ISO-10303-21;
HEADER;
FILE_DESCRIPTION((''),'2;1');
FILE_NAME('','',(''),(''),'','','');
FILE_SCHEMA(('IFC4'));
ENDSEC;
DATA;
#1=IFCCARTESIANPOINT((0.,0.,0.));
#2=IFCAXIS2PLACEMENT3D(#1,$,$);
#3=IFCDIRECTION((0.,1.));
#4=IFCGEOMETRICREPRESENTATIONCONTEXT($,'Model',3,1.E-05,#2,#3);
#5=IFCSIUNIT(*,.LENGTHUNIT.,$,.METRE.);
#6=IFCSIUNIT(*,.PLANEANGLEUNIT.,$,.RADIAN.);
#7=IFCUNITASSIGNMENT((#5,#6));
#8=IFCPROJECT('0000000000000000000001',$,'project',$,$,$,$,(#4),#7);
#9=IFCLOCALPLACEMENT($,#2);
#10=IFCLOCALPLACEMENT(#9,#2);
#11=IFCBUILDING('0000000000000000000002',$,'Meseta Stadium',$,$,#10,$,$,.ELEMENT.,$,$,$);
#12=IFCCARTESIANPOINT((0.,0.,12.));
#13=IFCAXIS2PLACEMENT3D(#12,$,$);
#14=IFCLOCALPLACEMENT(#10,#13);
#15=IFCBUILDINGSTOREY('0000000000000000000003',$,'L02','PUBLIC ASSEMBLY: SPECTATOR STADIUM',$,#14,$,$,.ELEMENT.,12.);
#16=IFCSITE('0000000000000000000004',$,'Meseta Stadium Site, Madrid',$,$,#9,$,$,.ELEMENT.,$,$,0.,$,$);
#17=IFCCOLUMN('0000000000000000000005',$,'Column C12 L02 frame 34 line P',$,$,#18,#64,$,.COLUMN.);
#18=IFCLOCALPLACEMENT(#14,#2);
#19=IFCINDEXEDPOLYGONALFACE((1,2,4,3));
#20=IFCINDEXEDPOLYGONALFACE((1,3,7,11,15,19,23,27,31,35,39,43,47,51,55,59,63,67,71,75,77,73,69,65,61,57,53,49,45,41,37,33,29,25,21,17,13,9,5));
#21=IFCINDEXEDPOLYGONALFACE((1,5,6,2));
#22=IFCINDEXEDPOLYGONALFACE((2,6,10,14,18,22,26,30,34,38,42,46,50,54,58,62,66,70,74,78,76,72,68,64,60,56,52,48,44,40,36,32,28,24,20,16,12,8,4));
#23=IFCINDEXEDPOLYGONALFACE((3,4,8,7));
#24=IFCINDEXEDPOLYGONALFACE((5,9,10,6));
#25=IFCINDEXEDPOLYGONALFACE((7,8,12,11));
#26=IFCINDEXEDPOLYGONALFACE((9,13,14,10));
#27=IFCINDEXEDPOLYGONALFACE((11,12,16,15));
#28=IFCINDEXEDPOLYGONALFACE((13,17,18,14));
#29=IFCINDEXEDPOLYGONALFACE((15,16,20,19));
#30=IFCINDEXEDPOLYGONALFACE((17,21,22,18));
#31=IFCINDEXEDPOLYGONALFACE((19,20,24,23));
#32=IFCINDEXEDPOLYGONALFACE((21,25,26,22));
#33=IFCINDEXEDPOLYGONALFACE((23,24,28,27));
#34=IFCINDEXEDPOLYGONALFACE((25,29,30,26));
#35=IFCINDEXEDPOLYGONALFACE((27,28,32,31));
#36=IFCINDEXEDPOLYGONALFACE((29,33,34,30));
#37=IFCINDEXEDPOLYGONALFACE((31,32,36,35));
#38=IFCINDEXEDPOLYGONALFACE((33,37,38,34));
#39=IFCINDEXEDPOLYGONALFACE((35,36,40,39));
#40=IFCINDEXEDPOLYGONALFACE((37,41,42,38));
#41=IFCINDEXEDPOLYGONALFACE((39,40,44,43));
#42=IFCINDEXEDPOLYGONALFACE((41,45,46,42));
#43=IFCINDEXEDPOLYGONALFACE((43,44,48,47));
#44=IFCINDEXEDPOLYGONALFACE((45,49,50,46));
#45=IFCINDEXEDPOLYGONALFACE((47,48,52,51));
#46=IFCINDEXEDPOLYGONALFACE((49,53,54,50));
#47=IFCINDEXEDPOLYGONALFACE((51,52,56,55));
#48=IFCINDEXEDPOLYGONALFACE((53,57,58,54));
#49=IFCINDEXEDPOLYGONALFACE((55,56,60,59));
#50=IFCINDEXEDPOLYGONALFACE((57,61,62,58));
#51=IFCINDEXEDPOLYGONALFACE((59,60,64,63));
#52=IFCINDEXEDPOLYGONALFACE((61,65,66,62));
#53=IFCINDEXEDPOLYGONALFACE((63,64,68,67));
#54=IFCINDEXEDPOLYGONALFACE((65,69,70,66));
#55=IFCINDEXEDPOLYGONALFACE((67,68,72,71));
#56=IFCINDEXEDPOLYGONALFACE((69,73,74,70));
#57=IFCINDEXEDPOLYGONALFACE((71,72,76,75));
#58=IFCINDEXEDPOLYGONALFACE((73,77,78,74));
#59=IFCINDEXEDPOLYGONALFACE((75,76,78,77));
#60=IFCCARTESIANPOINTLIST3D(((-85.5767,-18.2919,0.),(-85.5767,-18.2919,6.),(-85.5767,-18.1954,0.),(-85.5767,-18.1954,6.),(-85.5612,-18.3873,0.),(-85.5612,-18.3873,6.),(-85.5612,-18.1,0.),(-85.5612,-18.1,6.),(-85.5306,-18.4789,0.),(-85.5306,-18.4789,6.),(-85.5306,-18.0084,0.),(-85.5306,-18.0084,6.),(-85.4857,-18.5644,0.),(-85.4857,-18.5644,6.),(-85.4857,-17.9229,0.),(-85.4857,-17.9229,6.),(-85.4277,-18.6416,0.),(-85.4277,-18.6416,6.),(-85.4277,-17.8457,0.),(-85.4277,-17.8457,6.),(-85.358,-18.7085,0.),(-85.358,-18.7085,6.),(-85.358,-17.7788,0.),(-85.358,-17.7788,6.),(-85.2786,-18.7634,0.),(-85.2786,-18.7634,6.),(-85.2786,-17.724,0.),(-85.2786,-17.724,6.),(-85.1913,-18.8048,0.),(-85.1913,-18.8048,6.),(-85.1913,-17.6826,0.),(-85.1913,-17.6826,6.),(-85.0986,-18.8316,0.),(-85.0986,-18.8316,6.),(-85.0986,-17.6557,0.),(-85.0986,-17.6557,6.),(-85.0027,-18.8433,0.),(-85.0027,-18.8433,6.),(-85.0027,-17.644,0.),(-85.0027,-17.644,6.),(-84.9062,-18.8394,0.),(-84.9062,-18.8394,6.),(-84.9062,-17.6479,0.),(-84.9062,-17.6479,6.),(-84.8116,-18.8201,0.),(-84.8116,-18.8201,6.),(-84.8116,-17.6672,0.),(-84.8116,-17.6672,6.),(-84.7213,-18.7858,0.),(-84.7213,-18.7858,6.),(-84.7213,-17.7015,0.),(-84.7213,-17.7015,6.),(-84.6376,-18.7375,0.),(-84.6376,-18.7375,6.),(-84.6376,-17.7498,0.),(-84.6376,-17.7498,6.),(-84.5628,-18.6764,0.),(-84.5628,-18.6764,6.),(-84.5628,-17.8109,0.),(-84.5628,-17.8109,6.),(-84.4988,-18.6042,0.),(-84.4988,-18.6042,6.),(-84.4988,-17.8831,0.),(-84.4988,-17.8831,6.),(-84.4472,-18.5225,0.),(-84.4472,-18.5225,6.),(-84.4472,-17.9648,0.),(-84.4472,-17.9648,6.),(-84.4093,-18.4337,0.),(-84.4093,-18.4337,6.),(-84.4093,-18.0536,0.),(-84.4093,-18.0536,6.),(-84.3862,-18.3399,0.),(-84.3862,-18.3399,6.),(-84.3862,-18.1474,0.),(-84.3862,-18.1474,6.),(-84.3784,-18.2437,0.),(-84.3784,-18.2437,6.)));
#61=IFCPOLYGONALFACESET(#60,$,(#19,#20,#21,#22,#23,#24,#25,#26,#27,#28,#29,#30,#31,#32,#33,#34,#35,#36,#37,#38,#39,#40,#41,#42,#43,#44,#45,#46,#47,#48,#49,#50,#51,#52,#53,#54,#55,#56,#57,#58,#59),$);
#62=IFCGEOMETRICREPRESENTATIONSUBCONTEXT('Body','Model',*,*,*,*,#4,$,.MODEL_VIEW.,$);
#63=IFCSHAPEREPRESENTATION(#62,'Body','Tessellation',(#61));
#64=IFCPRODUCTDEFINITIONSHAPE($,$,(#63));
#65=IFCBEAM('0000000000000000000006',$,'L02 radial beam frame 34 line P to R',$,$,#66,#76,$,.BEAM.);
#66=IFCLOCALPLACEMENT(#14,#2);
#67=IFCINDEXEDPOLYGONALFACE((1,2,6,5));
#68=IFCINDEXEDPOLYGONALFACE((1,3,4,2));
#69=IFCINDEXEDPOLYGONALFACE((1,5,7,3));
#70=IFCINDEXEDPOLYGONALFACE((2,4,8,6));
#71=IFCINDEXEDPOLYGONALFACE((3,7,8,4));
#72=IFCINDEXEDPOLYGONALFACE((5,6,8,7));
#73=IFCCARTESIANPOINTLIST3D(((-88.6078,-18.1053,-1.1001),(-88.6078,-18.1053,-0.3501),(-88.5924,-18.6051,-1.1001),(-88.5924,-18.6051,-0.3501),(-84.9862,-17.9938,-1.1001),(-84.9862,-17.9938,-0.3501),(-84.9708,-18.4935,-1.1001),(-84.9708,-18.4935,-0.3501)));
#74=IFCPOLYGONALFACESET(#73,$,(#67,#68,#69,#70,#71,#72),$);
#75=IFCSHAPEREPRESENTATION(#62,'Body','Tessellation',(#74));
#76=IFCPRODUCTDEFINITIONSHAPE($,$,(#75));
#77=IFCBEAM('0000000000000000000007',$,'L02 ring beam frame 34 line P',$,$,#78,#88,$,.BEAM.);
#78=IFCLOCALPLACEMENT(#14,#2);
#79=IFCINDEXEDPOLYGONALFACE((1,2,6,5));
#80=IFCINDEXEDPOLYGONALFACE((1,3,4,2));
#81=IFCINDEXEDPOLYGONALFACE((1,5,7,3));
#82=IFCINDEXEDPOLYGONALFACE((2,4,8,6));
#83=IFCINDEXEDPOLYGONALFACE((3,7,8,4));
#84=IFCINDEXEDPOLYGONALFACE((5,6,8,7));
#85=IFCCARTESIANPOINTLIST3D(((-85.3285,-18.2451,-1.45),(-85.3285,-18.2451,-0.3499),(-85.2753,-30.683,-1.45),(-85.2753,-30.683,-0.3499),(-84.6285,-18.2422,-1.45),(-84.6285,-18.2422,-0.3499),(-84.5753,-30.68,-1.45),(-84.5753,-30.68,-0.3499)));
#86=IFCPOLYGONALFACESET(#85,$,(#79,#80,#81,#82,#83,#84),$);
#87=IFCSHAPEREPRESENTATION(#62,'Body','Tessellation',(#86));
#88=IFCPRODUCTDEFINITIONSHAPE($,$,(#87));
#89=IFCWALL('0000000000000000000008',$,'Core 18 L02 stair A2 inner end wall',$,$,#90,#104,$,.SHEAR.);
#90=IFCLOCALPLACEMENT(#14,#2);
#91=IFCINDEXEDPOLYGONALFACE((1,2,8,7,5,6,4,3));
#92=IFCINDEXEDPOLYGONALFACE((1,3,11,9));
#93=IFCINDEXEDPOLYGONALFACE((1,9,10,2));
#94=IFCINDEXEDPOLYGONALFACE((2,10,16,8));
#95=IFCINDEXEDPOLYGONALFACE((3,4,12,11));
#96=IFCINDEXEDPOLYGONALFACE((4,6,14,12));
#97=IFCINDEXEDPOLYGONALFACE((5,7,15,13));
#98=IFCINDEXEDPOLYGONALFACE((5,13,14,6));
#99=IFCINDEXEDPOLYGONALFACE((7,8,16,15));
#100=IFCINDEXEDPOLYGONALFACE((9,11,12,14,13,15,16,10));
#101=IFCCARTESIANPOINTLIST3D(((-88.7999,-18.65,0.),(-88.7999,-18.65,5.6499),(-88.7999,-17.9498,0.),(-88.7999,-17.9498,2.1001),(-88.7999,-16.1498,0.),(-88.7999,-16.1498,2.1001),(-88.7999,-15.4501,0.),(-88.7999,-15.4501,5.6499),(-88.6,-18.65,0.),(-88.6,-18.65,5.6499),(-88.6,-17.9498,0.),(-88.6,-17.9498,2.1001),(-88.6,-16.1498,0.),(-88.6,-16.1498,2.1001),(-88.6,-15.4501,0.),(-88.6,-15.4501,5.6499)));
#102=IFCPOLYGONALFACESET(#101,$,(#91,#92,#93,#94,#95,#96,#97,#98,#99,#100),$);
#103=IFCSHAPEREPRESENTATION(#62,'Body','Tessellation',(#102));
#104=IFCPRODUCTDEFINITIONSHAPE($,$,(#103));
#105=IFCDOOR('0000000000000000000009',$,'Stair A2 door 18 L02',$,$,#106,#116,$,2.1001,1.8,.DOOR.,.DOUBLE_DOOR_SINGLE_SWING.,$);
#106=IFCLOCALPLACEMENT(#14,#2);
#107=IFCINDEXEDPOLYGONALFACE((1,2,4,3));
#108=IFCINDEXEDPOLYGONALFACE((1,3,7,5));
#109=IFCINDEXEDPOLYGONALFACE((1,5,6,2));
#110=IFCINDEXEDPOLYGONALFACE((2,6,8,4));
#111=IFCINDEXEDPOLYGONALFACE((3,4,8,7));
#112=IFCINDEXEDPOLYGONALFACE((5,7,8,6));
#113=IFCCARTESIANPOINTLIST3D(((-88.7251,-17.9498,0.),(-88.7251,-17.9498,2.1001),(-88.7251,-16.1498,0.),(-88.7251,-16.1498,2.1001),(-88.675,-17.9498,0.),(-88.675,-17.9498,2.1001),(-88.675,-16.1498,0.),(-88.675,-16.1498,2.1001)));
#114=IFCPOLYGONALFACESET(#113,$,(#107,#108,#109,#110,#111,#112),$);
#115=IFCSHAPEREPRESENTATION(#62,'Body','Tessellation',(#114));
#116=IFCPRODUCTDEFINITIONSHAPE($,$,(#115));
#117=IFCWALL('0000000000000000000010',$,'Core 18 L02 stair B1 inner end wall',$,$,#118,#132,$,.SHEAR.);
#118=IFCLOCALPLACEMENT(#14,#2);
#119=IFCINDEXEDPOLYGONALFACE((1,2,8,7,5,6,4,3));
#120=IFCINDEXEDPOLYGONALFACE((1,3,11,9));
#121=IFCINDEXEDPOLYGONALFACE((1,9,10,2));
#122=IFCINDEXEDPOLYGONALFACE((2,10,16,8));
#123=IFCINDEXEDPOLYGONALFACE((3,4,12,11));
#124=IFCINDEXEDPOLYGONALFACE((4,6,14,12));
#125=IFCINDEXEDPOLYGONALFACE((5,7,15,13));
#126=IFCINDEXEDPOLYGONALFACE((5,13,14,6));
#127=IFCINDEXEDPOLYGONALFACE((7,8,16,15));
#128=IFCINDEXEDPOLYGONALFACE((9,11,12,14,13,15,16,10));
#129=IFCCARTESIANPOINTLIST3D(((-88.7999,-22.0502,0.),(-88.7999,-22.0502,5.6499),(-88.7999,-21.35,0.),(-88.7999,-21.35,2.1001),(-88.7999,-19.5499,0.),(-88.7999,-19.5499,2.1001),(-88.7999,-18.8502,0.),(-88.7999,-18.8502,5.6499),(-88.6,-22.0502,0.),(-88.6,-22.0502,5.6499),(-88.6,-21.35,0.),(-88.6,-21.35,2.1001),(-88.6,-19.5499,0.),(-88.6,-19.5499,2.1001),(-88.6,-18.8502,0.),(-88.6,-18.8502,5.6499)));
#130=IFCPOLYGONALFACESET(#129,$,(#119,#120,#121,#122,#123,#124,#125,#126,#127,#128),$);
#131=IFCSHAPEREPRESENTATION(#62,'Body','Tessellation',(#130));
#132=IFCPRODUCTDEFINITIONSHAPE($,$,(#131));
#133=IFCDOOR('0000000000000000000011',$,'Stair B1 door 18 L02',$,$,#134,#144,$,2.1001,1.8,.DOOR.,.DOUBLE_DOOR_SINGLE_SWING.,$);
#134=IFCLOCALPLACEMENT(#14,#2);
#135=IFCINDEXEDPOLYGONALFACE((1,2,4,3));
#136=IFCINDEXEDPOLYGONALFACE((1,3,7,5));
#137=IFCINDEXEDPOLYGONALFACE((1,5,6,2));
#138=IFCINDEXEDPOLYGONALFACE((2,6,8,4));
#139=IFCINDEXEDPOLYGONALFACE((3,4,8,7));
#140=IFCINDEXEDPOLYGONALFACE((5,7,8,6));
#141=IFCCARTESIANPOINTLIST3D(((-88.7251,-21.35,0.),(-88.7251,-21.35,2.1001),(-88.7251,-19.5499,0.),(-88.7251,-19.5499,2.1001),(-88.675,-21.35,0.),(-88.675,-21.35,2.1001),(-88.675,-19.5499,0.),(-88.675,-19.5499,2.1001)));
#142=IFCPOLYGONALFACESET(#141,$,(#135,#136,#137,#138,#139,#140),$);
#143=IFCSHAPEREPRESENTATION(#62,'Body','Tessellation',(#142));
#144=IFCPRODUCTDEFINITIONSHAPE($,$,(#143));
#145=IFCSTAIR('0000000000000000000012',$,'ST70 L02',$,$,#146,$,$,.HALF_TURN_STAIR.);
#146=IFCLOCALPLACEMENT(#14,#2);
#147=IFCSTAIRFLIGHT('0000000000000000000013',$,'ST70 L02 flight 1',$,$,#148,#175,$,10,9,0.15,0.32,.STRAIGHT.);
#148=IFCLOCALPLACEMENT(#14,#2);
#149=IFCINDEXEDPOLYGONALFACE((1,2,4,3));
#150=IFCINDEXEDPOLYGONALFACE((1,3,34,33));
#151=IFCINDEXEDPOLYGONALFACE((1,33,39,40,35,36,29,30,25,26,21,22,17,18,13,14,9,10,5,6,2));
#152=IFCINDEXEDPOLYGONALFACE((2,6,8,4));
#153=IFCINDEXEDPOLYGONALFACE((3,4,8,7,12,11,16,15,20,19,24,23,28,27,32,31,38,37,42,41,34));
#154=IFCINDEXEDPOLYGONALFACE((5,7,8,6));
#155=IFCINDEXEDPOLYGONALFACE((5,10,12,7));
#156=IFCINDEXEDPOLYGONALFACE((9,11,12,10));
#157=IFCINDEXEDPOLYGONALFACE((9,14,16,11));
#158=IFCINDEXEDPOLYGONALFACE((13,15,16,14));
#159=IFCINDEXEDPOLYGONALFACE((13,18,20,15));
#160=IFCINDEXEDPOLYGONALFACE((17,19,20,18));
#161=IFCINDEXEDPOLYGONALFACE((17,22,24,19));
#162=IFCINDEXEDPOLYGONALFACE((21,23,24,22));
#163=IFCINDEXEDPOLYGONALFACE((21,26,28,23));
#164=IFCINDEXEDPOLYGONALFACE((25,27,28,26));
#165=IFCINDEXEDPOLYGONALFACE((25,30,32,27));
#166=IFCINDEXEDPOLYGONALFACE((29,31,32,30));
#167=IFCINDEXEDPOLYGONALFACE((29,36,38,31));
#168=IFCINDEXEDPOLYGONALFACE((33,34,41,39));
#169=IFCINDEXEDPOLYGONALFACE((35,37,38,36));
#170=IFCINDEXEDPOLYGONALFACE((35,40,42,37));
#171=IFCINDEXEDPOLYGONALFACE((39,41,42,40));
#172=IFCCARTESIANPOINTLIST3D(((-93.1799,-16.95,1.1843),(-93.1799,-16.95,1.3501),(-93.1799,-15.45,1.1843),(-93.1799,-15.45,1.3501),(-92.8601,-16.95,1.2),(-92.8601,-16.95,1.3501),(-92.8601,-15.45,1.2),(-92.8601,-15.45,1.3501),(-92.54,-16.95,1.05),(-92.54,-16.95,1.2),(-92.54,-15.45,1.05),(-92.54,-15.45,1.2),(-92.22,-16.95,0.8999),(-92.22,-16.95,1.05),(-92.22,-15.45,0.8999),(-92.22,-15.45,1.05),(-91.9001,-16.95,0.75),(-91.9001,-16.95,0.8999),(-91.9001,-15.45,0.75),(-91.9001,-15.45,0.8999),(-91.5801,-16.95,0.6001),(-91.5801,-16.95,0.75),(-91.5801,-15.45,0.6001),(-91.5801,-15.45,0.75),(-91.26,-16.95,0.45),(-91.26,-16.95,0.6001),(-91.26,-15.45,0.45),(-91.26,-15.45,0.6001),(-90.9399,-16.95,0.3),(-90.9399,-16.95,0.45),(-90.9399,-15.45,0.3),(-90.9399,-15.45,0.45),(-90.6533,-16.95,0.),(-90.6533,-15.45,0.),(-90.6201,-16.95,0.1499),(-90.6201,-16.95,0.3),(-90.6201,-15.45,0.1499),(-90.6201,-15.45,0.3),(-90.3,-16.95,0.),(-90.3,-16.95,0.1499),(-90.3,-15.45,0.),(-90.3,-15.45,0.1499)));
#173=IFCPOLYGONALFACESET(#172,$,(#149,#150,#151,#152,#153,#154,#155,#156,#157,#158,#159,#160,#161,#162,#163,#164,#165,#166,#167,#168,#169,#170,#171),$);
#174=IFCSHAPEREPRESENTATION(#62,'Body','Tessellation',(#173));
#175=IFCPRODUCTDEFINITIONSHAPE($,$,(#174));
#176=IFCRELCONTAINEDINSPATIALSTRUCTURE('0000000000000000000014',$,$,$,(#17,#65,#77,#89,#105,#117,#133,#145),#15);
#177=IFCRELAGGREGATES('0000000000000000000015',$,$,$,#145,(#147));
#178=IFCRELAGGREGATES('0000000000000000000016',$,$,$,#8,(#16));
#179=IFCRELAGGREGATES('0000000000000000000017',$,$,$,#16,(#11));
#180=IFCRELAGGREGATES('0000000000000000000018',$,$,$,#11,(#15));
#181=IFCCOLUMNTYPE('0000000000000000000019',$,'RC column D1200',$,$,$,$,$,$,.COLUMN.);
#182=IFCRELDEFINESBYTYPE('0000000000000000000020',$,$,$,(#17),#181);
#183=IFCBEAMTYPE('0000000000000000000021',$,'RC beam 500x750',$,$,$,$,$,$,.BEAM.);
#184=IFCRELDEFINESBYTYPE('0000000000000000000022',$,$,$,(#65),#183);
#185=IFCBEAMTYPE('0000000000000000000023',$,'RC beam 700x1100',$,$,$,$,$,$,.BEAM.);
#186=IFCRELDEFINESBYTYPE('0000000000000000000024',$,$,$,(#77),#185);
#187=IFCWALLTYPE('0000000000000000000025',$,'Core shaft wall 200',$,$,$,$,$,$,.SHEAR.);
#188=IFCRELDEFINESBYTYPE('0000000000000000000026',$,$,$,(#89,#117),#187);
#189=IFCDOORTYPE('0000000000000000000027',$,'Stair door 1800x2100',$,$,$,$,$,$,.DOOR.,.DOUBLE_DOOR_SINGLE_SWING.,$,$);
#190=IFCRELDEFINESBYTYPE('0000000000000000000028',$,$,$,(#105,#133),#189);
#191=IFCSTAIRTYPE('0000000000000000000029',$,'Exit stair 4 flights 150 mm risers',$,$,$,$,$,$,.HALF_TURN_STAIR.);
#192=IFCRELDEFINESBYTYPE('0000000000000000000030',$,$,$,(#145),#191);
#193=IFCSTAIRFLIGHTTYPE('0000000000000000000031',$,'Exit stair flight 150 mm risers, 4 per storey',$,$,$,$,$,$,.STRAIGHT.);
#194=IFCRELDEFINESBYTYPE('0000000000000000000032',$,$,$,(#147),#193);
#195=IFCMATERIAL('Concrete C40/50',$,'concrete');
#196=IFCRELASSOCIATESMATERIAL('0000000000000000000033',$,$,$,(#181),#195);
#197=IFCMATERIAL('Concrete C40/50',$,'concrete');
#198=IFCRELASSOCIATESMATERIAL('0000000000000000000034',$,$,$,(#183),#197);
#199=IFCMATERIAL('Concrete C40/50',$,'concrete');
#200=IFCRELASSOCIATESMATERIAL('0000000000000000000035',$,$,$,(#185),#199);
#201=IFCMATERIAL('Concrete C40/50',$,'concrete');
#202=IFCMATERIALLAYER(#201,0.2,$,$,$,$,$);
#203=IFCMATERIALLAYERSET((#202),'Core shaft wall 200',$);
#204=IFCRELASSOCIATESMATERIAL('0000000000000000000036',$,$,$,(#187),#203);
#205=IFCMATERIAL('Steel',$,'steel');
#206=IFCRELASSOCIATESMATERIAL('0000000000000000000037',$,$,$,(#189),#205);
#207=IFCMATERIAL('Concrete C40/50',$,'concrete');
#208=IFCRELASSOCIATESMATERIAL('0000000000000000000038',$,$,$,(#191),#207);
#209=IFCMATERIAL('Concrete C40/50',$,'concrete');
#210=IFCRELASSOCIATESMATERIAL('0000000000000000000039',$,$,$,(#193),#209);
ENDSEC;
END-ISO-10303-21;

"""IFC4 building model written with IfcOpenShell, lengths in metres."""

from ifc_helpers import new_model, si_unit, direction, frame, frame_2d, origin, origin_2d, place, context, subcontext, project, spatial, polyline, rectangle, circle, outline, extrude, material, layer, layer_set, material_profile, profile_set, type_object, element, fill, aggregate, save


model = new_model("IFC4")

# Units and contexts
model_context = context("Model", 3, precision=1e-05, world=origin(), true_north=direction((0.0, 1.0)))
body_context = subcontext(model_context, "Body", "Model", "MODEL_VIEW")
ifc_project = project(units=[si_unit("LENGTHUNIT", "METRE"), si_unit("PLANEANGLEUNIT", "RADIAN")], contexts=[model_context])

# Site, building, storey
site_placement = place(None, origin())
site = spatial("IfcSite", under=ifc_project, at=site_placement, Name="Meseta Stadium Site, Madrid", CompositionType="ELEMENT", RefElevation=0.0)
building_placement = place(site_placement, origin())
building = spatial("IfcBuilding", under=site, at=building_placement, Name="Meseta Stadium", CompositionType="ELEMENT")
storey_placement = place(building_placement, frame((0.0, 0.0, 12.0)))
storey = spatial("IfcBuildingStorey", under=building, at=storey_placement, Name="L02", Description="PUBLIC ASSEMBLY: SPECTATOR STADIUM", CompositionType="ELEMENT", Elevation=12.0)

# Column
ifc_material_1 = material(Name="Concrete C40/50", Category="concrete")
ifc_material_profile_1 = material_profile(ifc_material_1, circle(Radius=0.6001, at=origin_2d()), Name="RC D1200")
ifc_profile_set_1 = profile_set([ifc_material_profile_1], Name="Concrete C40/50")
column_type = type_object("IfcColumnType", Name="RC column D1200", PredefinedType="COLUMN", material=ifc_profile_set_1)
column_placement = place(storey_placement, frame((-84.9785, -18.2437, 0.0), z_axis=(0.0, 0.0, 1.0), x_axis=(1.0, 0.0, 0.0)))
element("IfcColumn", 1, at=column_placement, inside=storey, type_object=column_type, Name="Column C12 L02 frame 34 line P", PredefinedType="COLUMN", context=body_context, shape_type="SweptSolid", body=[
    extrude(circle(Radius=0.6001, at=origin_2d()), origin(), (0.0, 0.0, 1.0), 6.0),
])

# Beams
ifc_material_2 = material(Name="Concrete C40/50", Category="concrete")
ifc_material_profile_2 = material_profile(ifc_material_2, rectangle(XDim=0.5, YDim=0.75, at=origin_2d()), Name="RC 500x750")
ifc_profile_set_2 = profile_set([ifc_material_profile_2], Name="Concrete C40/50")
beam_type_1 = type_object("IfcBeamType", Name="RC beam 500x750", PredefinedType="BEAM", material=ifc_profile_set_2)
beam_1_placement = place(storey_placement, frame((-84.9785, -18.2437, -0.7251), z_axis=(-0.999526, -0.030793, 0.0), x_axis=(0.030793, -0.999526, 0.0)))
element("IfcBeam", 2, at=beam_1_placement, inside=storey, type_object=beam_type_1, Name="L02 radial beam frame 34 line P to R", PredefinedType="BEAM", context=body_context, shape_type="SweptSolid", body=[
    extrude(rectangle(XDim=0.5, YDim=0.75, at=origin_2d()), origin(), (0.0, 0.0, 1.0), 3.6233),
])
ifc_material_3 = material(Name="Concrete C40/50", Category="concrete")
ifc_material_profile_3 = material_profile(ifc_material_3, rectangle(XDim=0.7, YDim=1.1001, at=origin_2d()), Name="RC 700x1100")
ifc_profile_set_3 = profile_set([ifc_material_profile_3], Name="Concrete C40/50")
beam_type_2 = type_object("IfcBeamType", Name="RC beam 700x1100", PredefinedType="BEAM", material=ifc_profile_set_3)
beam_2_placement = place(storey_placement, frame((-84.9785, -18.2437, -0.8999), z_axis=(0.004279, -0.999991, 0.0), x_axis=(0.999991, 0.004279, 0.0)))
element("IfcBeam", 3, at=beam_2_placement, inside=storey, type_object=beam_type_2, Name="L02 ring beam frame 34 line P", PredefinedType="BEAM", context=body_context, shape_type="SweptSolid", body=[
    extrude(rectangle(XDim=0.7, YDim=1.1001, at=origin_2d()), origin(), (0.0, 0.0, 1.0), 12.438),
])

# Walls, openings, doors
ifc_material_4 = material(Name="Concrete C40/50", Category="concrete")
ifc_layer = layer(ifc_material_4, 0.2)
ifc_layer_set = layer_set([ifc_layer], Name="Core shaft wall 200")
wall_type = type_object("IfcWallType", Name="Core shaft wall 200", PredefinedType="SHEAR", material=ifc_layer_set)
wall_1_placement = place(storey_placement, frame((-88.7, -15.45, 0.0), z_axis=(0.0, 0.0, 1.0), x_axis=(0.0, -1.0, 0.0)))
wall_1 = element("IfcWall", 4, at=wall_1_placement, inside=storey, type_object=wall_type, Name="Core 18 L02 stair A2 inner end wall", PredefinedType="SHEAR", context=body_context, shape_type="SweptSolid", body=[
    extrude(rectangle(XDim=3.2, YDim=0.2, at=frame_2d((1.6001, 0.0))), origin(), (0.0, 0.0, 1.0), 5.6499),
])
opening_1_placement = place(wall_1_placement, frame((0.7, 0.0, 0.0)))
opening_1 = element("IfcOpeningElement", 5, at=opening_1_placement, cuts=wall_1, PredefinedType="OPENING", context=body_context, shape_type="SweptSolid", body=[
    extrude(rectangle(XDim=1.8, YDim=2.1001, at=frame_2d((0.8999, 1.05))), frame((0.0, 0.1099, 0.0), z_axis=(0.0, -1.0, 0.0), x_axis=(1.0, 0.0, 0.0)), (0.0, 0.0, 1.0), 0.22),
])
ifc_material_5 = material(Name="Steel", Category="steel")
door_type = type_object("IfcDoorType", Name="Stair door 1800x2100", OperationType="DOUBLE_DOOR_SINGLE_SWING", PredefinedType="DOOR", material=ifc_material_5)
door_1_placement = place(opening_1_placement, origin())
door_1 = element("IfcDoor", 6, at=door_1_placement, inside=storey, type_object=door_type, Name="Stair A2 door 18 L02", OperationType="DOUBLE_DOOR_SINGLE_SWING", OverallHeight=2.1001, OverallWidth=1.8, PredefinedType="DOOR", context=body_context, shape_type="SweptSolid", body=[
    extrude(rectangle(XDim=1.8, YDim=2.1001, at=frame_2d((0.8999, 1.05))), frame((0.0, 0.0249, 0.0), z_axis=(0.0, -1.0, 0.0), x_axis=(1.0, 0.0, 0.0)), (0.0, 0.0, 1.0), 0.05),
])
fill(opening_1, door_1)
wall_2_placement = place(storey_placement, frame((-88.7, -18.8501, 0.0), z_axis=(0.0, 0.0, 1.0), x_axis=(0.0, -1.0, 0.0)))
wall_2 = element("IfcWall", 7, at=wall_2_placement, inside=storey, type_object=wall_type, Name="Core 18 L02 stair B1 inner end wall", PredefinedType="SHEAR", context=body_context, shape_type="SweptSolid", body=[
    extrude(rectangle(XDim=3.2, YDim=0.2, at=frame_2d((1.6001, 0.0))), origin(), (0.0, 0.0, 1.0), 5.6499),
])
opening_2_placement = place(wall_2_placement, frame((0.7, 0.0, 0.0)))
opening_2 = element("IfcOpeningElement", 8, at=opening_2_placement, cuts=wall_2, PredefinedType="OPENING", context=body_context, shape_type="SweptSolid", body=[
    extrude(rectangle(XDim=1.8, YDim=2.1001, at=frame_2d((0.8999, 1.05))), frame((0.0, 0.1099, 0.0), z_axis=(0.0, -1.0, 0.0), x_axis=(1.0, 0.0, 0.0)), (0.0, 0.0, 1.0), 0.22),
])
door_2_placement = place(opening_2_placement, origin())
door_2 = element("IfcDoor", 9, at=door_2_placement, inside=storey, type_object=door_type, Name="Stair B1 door 18 L02", OperationType="DOUBLE_DOOR_SINGLE_SWING", OverallHeight=2.1001, OverallWidth=1.8, PredefinedType="DOOR", context=body_context, shape_type="SweptSolid", body=[
    extrude(rectangle(XDim=1.8, YDim=2.1001, at=frame_2d((0.8999, 1.05))), frame((0.0, 0.0249, 0.0), z_axis=(0.0, -1.0, 0.0), x_axis=(1.0, 0.0, 0.0)), (0.0, 0.0, 1.0), 0.05),
])
fill(opening_2, door_2)

# Stair, stair flight
ifc_material_6 = material(Name="Concrete C40/50", Category="concrete")
stair_type = type_object("IfcStairType", Name="Exit stair 4 flights 150 mm risers", PredefinedType="HALF_TURN_STAIR", material=ifc_material_6)
stair_1_placement = place(storey_placement, origin())
stair_1 = element("IfcStair", 10, at=stair_1_placement, inside=storey, type_object=stair_type, Name="ST70 L02", PredefinedType="HALF_TURN_STAIR")
ifc_material_7 = material(Name="Concrete C40/50", Category="concrete")
stair_flight_type = type_object("IfcStairFlightType", Name="Exit stair flight 150 mm risers, 4 per storey", PredefinedType="STRAIGHT", material=ifc_material_7)
stair_flight_1_placement = place(storey_placement, frame((-90.3, -16.2, 0.0), z_axis=(0.0, 0.0, 1.0), x_axis=(-1.0, 0.0, 0.0)))
stair_flight_1 = element("IfcStairFlight", 11, at=stair_flight_1_placement, type_object=stair_flight_type, Name="ST70 L02 flight 1", NumberOfRisers=10, NumberOfTreads=9, PredefinedType="STRAIGHT", RiserHeight=0.15, TreadLength=0.32, context=body_context, shape_type="SweptSolid", body=[
    extrude(outline(polyline([(0.0, 0.0), (0.0, 0.1499), (0.3201, 0.1499), (0.3201, 0.3), (0.6399, 0.3), (0.6399, 0.45), (0.96, 0.45), (0.96, 0.6001), (1.28, 0.6001), (1.28, 0.75), (1.6001, 0.75), (1.6001, 0.8999), (1.9199, 0.8999), (1.9199, 1.05), (2.24, 1.05), (2.24, 1.2), (2.5601, 1.2), (2.5601, 1.3501), (2.8799, 1.3501), (2.8799, 1.1843), (0.3533, 0.0), (0.0, 0.0)])), frame((0.0, 0.75, 0.0), z_axis=(0.0, -1.0, 0.0), x_axis=(1.0, 0.0, 0.0)), (0.0, 0.0, 1.0), 1.5),
])
aggregate(stair_1, [stair_flight_1])

save(model, "model.ifc")
